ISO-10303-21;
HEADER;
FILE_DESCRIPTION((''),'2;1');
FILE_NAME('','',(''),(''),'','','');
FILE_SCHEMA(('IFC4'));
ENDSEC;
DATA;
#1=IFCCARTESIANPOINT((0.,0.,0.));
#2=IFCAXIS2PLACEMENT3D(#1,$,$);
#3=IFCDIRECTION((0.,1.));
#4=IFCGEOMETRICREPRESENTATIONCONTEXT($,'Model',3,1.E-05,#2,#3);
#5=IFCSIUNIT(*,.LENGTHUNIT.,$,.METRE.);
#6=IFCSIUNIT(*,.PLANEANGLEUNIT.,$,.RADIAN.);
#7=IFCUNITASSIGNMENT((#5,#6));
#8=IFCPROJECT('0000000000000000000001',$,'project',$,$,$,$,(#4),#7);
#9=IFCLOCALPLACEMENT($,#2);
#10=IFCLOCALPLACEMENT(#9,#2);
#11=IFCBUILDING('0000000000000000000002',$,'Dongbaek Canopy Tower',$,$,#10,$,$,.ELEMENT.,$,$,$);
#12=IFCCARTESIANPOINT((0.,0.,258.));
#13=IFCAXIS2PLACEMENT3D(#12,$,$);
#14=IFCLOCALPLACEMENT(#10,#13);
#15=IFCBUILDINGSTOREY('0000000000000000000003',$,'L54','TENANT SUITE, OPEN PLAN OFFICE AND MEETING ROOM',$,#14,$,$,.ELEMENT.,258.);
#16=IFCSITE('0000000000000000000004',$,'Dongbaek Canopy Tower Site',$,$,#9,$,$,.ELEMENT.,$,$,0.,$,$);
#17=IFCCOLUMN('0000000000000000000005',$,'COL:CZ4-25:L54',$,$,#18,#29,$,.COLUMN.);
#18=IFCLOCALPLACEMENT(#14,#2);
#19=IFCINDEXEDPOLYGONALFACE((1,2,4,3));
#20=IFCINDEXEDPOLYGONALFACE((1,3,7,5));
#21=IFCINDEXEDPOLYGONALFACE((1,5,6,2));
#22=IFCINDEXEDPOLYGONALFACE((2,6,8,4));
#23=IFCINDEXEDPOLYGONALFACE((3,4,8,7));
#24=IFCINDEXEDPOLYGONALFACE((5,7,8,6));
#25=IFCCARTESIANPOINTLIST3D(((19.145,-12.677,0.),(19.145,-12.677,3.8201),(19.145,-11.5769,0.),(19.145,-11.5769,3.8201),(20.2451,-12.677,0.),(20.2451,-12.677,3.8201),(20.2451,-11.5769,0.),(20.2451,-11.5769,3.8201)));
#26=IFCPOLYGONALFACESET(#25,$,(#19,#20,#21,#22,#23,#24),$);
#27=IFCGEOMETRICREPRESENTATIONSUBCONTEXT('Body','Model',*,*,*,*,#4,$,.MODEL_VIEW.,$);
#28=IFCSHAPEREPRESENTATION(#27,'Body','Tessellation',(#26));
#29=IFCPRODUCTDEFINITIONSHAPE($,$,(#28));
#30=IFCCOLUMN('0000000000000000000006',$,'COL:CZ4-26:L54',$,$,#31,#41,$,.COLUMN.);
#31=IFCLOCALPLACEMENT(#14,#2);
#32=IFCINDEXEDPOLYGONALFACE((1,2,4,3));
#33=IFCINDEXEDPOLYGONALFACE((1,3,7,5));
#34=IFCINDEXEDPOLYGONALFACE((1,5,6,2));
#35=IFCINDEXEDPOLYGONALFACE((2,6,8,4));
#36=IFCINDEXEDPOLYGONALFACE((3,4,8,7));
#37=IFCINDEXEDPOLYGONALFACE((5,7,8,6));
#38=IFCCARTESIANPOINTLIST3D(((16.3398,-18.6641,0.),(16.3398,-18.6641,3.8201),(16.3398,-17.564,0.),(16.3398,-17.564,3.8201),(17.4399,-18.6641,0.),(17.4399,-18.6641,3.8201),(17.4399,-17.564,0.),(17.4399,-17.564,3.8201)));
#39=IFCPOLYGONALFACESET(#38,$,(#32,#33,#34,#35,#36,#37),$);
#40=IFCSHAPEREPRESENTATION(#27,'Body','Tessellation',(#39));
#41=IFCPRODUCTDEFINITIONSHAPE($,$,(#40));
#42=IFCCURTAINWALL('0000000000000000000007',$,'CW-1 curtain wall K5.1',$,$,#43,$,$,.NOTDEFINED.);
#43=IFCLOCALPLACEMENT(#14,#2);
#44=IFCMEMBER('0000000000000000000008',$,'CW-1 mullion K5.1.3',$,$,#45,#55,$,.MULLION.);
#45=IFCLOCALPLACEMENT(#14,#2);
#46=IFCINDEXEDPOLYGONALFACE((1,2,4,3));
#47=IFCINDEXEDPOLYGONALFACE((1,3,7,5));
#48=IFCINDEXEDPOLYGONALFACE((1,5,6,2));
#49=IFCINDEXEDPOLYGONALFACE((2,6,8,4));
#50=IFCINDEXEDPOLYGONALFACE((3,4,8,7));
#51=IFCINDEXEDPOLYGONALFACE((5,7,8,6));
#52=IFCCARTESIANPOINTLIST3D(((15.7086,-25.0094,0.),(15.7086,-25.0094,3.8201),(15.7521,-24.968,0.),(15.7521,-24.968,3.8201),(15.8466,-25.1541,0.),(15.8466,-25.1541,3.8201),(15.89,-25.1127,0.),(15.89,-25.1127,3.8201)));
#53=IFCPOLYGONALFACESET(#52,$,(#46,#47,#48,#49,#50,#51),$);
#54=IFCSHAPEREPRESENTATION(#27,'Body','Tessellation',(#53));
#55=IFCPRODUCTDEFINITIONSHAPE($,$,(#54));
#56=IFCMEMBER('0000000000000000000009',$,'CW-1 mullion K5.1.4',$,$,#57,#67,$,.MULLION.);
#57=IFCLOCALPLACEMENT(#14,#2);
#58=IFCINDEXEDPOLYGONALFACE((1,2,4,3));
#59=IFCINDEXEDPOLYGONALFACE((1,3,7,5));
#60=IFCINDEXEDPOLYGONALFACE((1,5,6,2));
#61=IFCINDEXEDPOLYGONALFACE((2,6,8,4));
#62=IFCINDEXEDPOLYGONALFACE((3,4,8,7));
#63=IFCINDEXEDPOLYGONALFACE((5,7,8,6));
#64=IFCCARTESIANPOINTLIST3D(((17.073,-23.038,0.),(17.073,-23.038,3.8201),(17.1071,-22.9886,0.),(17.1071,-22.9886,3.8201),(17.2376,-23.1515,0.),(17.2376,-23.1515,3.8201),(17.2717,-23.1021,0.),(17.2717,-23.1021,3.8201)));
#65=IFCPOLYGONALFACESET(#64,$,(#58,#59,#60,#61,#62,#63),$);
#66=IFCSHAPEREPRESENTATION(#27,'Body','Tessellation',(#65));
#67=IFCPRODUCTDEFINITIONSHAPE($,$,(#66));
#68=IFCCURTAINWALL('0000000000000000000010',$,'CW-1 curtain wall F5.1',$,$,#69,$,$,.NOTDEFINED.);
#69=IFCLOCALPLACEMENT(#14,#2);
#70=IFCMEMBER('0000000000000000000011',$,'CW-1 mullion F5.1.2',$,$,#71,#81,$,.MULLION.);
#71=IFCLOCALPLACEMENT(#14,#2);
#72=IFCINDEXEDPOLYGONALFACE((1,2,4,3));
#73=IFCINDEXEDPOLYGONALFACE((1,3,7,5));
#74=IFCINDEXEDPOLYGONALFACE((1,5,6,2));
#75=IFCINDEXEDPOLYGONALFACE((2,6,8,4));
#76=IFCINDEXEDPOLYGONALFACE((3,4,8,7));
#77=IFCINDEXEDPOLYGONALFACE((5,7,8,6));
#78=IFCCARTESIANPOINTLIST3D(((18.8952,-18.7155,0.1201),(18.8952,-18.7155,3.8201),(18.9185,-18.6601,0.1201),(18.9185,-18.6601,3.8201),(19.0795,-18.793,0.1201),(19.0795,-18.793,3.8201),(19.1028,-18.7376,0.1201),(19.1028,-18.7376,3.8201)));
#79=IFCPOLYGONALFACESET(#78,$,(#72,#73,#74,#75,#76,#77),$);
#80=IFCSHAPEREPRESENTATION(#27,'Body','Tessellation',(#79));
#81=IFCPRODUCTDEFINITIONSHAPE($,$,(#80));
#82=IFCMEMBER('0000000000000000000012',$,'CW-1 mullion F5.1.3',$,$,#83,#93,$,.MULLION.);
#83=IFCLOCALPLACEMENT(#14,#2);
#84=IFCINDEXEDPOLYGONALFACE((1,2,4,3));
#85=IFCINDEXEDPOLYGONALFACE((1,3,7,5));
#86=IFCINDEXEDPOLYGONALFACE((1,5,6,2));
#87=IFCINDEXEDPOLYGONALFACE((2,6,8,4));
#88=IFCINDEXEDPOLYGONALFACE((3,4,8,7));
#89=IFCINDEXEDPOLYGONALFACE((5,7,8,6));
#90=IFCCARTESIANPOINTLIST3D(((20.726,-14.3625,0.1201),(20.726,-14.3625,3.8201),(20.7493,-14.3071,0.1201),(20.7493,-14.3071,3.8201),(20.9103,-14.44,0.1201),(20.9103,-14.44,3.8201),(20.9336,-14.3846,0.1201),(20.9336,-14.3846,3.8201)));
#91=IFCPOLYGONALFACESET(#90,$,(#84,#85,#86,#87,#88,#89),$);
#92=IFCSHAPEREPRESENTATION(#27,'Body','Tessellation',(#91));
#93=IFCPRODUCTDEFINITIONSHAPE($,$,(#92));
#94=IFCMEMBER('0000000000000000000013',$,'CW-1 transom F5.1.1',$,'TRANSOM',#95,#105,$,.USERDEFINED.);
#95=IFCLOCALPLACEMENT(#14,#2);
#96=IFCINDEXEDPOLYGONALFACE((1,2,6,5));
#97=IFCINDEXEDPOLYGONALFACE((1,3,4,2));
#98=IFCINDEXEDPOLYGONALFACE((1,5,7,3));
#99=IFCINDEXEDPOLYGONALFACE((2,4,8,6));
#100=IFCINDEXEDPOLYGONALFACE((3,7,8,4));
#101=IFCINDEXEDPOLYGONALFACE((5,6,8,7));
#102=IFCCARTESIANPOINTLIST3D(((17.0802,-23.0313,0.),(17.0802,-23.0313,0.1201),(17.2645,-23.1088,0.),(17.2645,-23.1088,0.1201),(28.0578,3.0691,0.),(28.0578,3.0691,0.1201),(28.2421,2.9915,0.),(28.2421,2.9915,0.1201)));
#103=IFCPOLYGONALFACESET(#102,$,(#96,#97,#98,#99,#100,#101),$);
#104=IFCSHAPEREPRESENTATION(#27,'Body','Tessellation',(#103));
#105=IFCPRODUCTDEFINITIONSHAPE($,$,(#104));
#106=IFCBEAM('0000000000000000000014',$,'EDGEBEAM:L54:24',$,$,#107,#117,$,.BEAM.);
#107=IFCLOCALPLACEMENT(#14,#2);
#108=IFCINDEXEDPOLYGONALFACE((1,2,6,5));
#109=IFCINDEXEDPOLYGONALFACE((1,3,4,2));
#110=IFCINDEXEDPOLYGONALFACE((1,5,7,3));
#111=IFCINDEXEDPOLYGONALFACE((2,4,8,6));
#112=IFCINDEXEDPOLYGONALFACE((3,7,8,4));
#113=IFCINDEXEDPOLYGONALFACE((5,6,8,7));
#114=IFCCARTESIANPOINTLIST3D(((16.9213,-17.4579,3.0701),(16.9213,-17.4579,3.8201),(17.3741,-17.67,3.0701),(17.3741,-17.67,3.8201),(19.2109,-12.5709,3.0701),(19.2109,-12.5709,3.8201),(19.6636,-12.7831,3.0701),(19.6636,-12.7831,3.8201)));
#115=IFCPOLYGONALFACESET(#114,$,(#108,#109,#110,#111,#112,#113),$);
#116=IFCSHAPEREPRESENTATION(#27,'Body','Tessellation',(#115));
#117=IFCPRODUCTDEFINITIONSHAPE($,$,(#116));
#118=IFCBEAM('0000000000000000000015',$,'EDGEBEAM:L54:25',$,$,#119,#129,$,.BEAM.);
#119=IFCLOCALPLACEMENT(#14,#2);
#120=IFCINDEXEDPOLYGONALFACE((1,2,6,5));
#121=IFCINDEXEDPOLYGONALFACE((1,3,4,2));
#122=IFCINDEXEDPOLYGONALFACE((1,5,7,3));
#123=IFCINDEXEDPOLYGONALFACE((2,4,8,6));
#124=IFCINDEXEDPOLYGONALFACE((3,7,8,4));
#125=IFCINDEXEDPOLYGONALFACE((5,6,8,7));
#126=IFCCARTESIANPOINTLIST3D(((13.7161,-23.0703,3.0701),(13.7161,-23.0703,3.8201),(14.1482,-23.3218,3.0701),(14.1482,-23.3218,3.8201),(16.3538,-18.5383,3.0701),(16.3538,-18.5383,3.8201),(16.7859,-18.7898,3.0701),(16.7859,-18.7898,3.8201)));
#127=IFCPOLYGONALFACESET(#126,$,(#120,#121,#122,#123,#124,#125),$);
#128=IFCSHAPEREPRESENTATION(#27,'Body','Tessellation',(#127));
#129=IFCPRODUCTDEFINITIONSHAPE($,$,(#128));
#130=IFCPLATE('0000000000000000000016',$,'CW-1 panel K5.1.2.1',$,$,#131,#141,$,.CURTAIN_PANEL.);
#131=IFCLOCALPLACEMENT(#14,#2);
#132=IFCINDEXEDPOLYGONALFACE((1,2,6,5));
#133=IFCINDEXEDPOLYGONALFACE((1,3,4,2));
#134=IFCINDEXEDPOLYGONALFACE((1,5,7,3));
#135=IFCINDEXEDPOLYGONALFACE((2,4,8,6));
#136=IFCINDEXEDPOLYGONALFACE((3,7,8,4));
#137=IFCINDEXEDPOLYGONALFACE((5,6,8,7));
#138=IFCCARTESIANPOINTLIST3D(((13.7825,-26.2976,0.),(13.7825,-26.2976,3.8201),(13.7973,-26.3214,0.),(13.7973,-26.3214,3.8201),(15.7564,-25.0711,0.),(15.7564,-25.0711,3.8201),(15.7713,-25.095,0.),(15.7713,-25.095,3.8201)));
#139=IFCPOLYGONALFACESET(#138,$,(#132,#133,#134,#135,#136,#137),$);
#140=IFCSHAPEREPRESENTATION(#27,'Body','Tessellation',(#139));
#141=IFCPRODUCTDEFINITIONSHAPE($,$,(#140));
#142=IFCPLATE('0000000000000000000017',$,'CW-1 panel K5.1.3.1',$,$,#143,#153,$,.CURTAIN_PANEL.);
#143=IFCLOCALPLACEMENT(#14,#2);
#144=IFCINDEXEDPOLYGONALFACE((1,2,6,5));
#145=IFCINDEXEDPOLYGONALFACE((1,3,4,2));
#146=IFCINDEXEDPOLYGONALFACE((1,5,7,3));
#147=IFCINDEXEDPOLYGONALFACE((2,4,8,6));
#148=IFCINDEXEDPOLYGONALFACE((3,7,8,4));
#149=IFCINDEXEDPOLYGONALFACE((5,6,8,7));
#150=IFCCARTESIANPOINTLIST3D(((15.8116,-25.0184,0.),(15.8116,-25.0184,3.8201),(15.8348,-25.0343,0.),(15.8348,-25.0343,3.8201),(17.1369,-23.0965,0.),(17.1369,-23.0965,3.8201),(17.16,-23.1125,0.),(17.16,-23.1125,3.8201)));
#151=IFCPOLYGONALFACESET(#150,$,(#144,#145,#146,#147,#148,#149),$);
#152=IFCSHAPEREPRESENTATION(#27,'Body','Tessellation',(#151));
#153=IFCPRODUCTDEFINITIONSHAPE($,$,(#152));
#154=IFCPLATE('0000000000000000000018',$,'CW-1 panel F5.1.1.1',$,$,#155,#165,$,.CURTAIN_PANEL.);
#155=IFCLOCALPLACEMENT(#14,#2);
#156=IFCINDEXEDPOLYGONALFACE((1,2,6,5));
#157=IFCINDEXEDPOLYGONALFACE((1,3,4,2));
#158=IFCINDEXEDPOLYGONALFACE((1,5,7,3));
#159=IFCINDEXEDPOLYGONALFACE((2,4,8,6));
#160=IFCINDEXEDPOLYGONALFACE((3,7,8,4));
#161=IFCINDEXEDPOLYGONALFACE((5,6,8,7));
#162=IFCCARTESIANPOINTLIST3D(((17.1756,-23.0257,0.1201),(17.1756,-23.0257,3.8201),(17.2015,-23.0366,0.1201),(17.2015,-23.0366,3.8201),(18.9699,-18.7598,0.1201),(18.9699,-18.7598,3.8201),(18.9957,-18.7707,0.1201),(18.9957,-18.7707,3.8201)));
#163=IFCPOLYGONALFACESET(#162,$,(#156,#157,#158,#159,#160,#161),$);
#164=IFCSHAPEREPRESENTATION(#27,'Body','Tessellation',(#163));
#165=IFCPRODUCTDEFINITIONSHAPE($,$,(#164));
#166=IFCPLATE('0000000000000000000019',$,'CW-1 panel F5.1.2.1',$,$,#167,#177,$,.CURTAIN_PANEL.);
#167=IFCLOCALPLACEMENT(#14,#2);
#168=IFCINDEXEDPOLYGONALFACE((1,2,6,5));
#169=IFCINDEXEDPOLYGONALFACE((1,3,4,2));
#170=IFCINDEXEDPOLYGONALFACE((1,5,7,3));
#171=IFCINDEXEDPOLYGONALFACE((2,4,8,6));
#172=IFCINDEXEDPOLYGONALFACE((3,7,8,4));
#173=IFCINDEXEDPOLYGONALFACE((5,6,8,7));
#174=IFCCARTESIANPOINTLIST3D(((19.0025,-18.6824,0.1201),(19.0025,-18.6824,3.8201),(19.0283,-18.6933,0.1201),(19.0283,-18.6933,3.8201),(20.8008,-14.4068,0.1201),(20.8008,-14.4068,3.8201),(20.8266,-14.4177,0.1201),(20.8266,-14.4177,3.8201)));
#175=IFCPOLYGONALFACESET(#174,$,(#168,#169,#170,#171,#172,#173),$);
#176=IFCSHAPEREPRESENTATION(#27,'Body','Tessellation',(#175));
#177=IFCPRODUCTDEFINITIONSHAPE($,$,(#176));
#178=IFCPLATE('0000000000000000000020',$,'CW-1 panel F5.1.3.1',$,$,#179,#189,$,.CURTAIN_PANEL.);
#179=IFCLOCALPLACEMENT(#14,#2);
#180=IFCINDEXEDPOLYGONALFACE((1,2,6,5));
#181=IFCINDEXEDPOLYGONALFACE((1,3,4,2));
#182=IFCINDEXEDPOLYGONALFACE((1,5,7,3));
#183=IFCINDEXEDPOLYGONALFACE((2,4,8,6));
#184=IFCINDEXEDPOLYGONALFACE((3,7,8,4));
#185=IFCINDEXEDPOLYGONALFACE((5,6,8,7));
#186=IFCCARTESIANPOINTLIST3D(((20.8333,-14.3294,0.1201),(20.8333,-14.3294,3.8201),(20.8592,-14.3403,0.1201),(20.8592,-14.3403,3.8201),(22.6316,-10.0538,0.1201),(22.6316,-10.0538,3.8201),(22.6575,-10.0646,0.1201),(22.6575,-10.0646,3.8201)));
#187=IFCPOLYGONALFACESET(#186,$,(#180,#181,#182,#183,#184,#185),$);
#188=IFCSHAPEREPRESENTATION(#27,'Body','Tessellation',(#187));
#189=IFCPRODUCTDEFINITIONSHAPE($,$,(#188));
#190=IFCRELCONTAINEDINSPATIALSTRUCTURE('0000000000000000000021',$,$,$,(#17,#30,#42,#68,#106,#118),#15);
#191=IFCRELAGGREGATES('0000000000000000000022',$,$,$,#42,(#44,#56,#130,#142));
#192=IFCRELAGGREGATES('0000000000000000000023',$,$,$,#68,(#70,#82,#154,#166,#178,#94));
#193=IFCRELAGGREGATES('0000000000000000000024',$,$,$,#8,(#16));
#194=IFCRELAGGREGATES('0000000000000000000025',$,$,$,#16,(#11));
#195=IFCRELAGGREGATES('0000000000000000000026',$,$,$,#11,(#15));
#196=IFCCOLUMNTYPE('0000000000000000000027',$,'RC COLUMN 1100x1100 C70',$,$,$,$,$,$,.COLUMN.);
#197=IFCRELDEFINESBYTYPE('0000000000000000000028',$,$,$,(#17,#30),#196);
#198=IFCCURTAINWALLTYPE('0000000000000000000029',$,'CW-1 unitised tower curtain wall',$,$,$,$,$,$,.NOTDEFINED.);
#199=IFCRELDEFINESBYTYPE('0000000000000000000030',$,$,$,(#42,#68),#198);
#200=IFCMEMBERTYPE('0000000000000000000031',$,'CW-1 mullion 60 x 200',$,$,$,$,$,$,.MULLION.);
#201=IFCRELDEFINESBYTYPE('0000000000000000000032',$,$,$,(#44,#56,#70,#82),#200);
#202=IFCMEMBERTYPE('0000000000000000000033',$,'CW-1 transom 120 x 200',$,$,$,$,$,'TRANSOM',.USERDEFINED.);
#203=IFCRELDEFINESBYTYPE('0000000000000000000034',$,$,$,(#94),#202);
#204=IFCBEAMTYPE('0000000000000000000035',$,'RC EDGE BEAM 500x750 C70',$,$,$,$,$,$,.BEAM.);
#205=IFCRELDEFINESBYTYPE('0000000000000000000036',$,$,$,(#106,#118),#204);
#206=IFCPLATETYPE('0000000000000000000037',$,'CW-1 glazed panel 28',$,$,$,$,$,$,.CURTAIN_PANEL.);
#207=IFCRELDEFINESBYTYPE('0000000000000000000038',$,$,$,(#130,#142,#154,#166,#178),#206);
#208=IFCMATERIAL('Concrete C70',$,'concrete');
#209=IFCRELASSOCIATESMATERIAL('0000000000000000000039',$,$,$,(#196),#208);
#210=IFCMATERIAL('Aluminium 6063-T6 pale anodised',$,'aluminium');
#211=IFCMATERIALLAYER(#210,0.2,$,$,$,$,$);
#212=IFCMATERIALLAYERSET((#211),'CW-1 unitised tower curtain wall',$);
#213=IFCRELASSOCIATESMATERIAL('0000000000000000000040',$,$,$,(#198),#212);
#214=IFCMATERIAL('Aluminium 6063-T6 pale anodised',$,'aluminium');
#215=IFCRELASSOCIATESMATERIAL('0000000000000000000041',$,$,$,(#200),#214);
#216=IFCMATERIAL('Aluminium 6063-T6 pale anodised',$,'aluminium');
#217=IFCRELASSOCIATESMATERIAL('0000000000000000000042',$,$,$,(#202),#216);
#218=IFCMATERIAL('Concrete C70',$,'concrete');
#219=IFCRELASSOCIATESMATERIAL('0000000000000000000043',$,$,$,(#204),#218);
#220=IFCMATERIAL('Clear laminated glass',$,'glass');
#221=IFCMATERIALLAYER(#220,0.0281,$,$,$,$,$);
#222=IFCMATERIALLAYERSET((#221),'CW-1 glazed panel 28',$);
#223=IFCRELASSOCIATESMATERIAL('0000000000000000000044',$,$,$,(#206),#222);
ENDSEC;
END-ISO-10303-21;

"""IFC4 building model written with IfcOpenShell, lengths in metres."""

from ifc_helpers import new_model, si_unit, direction, frame, origin, origin_2d, place, context, subcontext, project, spatial, rectangle, extrude, material, layer, layer_set, material_profile, profile_set, type_object, element, aggregate, save


model = new_model("IFC4")

# Units and contexts
model_context = context("Model", 3, precision=1e-05, world=origin(), true_north=direction((0.0, 1.0)))
body_context = subcontext(model_context, "Body", "Model", "MODEL_VIEW")
ifc_project = project(units=[si_unit("LENGTHUNIT", "METRE"), si_unit("PLANEANGLEUNIT", "RADIAN")], contexts=[model_context])

# Site, building, storey
site_placement = place(None, origin())
site = spatial("IfcSite", under=ifc_project, at=site_placement, Name="Dongbaek Canopy Tower Site", CompositionType="ELEMENT", RefElevation=0.0)
building_placement = place(site_placement, origin())
building = spatial("IfcBuilding", under=site, at=building_placement, Name="Dongbaek Canopy Tower", CompositionType="ELEMENT")
storey_placement = place(building_placement, frame((0.0, 0.0, 258.0)))
storey = spatial("IfcBuildingStorey", under=building, at=storey_placement, Name="L54", Description="TENANT SUITE, OPEN PLAN OFFICE AND MEETING ROOM", CompositionType="ELEMENT", Elevation=258.0)

# Columns
ifc_material_1 = material(Name="Concrete C70", Category="concrete")
ifc_material_profile_1 = material_profile(ifc_material_1, rectangle(XDim=1.1001, YDim=1.1001, at=origin_2d()), Name="RC COLUMN 1100x1100 C70")
ifc_profile_set_1 = profile_set([ifc_material_profile_1], Name="Concrete C70")
column_type = type_object("IfcColumnType", Name="RC COLUMN 1100x1100 C70", PredefinedType="COLUMN", material=ifc_profile_set_1)
for number, where, z_axis, x_axis, name in (
    (1, (19.6951, -12.127, 0.0), (0.0, 0.0, 1.0), (1.0, 0.0, 0.0), "COL:CZ4-25:L54"),
    (2, (16.8899, -18.114, 0.0), (0.0, 0.0, 1.0), (1.0, 0.0, 0.0), "COL:CZ4-26:L54"),
):
    element("IfcColumn", number, at=place(storey_placement, frame(where, z_axis=z_axis, x_axis=x_axis)), inside=storey, type_object=column_type, Name=name, PredefinedType="COLUMN", context=body_context, shape_type="SweptSolid", body=[
        extrude(rectangle(XDim=1.1001, YDim=1.1001, at=origin_2d()), origin(), (0.0, 0.0, 1.0), 3.8201),
    ])

# Curtain walls, members
ifc_material_2 = material(Name="Aluminium 6063-T6 pale anodised", Category="aluminium")
ifc_layer_1 = layer(ifc_material_2, 0.2)
ifc_layer_set_1 = layer_set([ifc_layer_1], Name="CW-1 unitised tower curtain wall")
curtain_wall_type = type_object("IfcCurtainWallType", Name="CW-1 unitised tower curtain wall", PredefinedType="NOTDEFINED", material=ifc_layer_set_1)
curtain_wall_1_placement = place(storey_placement, origin())
curtain_wall_1 = element("IfcCurtainWall", 3, at=curtain_wall_1_placement, inside=storey, type_object=curtain_wall_type, Name="CW-1 curtain wall K5.1", PredefinedType="NOTDEFINED")
ifc_material_3 = material(Name="Aluminium 6063-T6 pale anodised", Category="aluminium")
ifc_material_profile_2 = material_profile(ifc_material_3, rectangle(XDim=0.2, YDim=0.0601, at=origin_2d()), Name="CW-1 mullion 60 x 200")
ifc_profile_set_2 = profile_set([ifc_material_profile_2], Name="Aluminium 6063-T6 pale anodised")
member_type_1 = type_object("IfcMemberType", Name="CW-1 mullion 60 x 200", PredefinedType="MULLION", material=ifc_profile_set_2)
member_1_placement = place(storey_placement, frame((15.7993, -25.061, 0.0), z_axis=(0.0, 0.0, 1.0), x_axis=(0.69002, -0.723791, 0.0)))
member_1 = element("IfcMember", 4, at=member_1_placement, type_object=member_type_1, Name="CW-1 mullion K5.1.3", PredefinedType="MULLION", context=body_context, shape_type="SweptSolid", body=[
    extrude(rectangle(XDim=0.2, YDim=0.0601, at=origin_2d()), origin(), (0.0, 0.0, 1.0), 3.8201),
])
member_2_placement = place(storey_placement, frame((17.1724, -23.0701, 0.0), z_axis=(0.0, 0.0, 1.0), x_axis=(0.823238, -0.567697, 0.0)))
member_2 = element("IfcMember", 5, at=member_2_placement, type_object=member_type_1, Name="CW-1 mullion K5.1.4", PredefinedType="MULLION", context=body_context, shape_type="SweptSolid", body=[
    extrude(rectangle(XDim=0.2, YDim=0.0601, at=origin_2d()), origin(), (0.0, 0.0, 1.0), 3.8201),
])
curtain_wall_2_placement = place(storey_placement, origin())
curtain_wall_2 = element("IfcCurtainWall", 6, at=curtain_wall_2_placement, inside=storey, type_object=curtain_wall_type, Name="CW-1 curtain wall F5.1", PredefinedType="NOTDEFINED")
member_3_placement = place(storey_placement, frame((18.999, -18.7266, 0.1201), z_axis=(0.0, 0.0, 1.0), x_axis=(0.921787, -0.387696, 0.0)))
member_3 = element("IfcMember", 7, at=member_3_placement, type_object=member_type_1, Name="CW-1 mullion F5.1.2", PredefinedType="MULLION", context=body_context, shape_type="SweptSolid", body=[
    extrude(rectangle(XDim=0.2, YDim=0.0601, at=origin_2d()), origin(), (0.0, 0.0, 1.0), 3.7),
])
member_4_placement = place(storey_placement, frame((20.8298, -14.3735, 0.1201), z_axis=(0.0, 0.0, 1.0), x_axis=(0.921787, -0.387696, 0.0)))
member_4 = element("IfcMember", 8, at=member_4_placement, type_object=member_type_1, Name="CW-1 mullion F5.1.3", PredefinedType="MULLION", context=body_context, shape_type="SweptSolid", body=[
    extrude(rectangle(XDim=0.2, YDim=0.0601, at=origin_2d()), origin(), (0.0, 0.0, 1.0), 3.7),
])
ifc_material_4 = material(Name="Aluminium 6063-T6 pale anodised", Category="aluminium")
ifc_material_profile_3 = material_profile(ifc_material_4, rectangle(XDim=0.2, YDim=0.1201, at=origin_2d()), Name="CW-1 transom 120 x 200")
ifc_profile_set_3 = profile_set([ifc_material_profile_3], Name="Aluminium 6063-T6 pale anodised")
member_type_2 = type_object("IfcMemberType", Name="CW-1 transom 120 x 200", ElementType="TRANSOM", PredefinedType="USERDEFINED", material=ifc_profile_set_3)
member_5_placement = place(storey_placement, frame((17.1724, -23.0701, 0.0601), z_axis=(0.387695, 0.921788, 0.0), x_axis=(-0.921788, 0.387695, 0.0)))
member_5 = element("IfcMember", 9, at=member_5_placement, type_object=member_type_2, Name="CW-1 transom F5.1.1", ObjectType="TRANSOM", PredefinedType="USERDEFINED", context=body_context, shape_type="SweptSolid", body=[
    extrude(rectangle(XDim=0.2, YDim=0.1201, at=origin_2d()), origin(), (0.0, 0.0, 1.0), 28.3149),
])

# Beams
ifc_material_5 = material(Name="Concrete C70", Category="concrete")
ifc_material_profile_4 = material_profile(ifc_material_5, rectangle(XDim=0.5, YDim=0.75, at=origin_2d()), Name="RC EDGE BEAM 500x750 C70")
ifc_profile_set_4 = profile_set([ifc_material_profile_4], Name="Concrete C70")
beam_type = type_object("IfcBeamType", Name="RC EDGE BEAM 500x750 C70", PredefinedType="BEAM", material=ifc_profile_set_4)
beam_1_placement = place(storey_placement, frame((19.4373, -12.677, 3.4451), z_axis=(-0.42425, -0.905545, 0.0), x_axis=(0.905545, -0.42425, 0.0)))
element("IfcBeam", 10, at=beam_1_placement, inside=storey, type_object=beam_type, Name="EDGEBEAM:L54:24", PredefinedType="BEAM", context=body_context, shape_type="SweptSolid", body=[
    extrude(rectangle(XDim=0.5, YDim=0.75, at=origin_2d()), origin(), (0.0, 0.0, 1.0), 5.3967),
])
beam_2_placement = place(storey_placement, frame((16.5698, -18.6641, 3.4451), z_axis=(-0.503023, -0.864273, 0.0), x_axis=(0.864273, -0.503023, 0.0)))
element("IfcBeam", 11, at=beam_2_placement, inside=storey, type_object=beam_type, Name="EDGEBEAM:L54:25", PredefinedType="BEAM", context=body_context, shape_type="SweptSolid", body=[
    extrude(rectangle(XDim=0.5, YDim=0.75, at=origin_2d()), origin(), (0.0, 0.0, 1.0), 5.2437),
])

# Plates
ifc_material_6 = material(Name="Clear laminated glass", Category="glass")
ifc_layer_2 = layer(ifc_material_6, 0.0281)
ifc_layer_set_2 = layer_set([ifc_layer_2], Name="CW-1 glazed panel 28")
plate_type = type_object("IfcPlateType", Name="CW-1 glazed panel 28", PredefinedType="CURTAIN_PANEL", material=ifc_layer_set_2)
plate_1_placement = place(storey_placement, frame((14.7769, -25.6963, 0.0), z_axis=(0.0, 0.0, 1.0), x_axis=(0.849404, 0.527743, 0.0)))
plate_1 = element("IfcPlate", 12, at=plate_1_placement, type_object=plate_type, Name="CW-1 panel K5.1.2.1", PredefinedType="CURTAIN_PANEL", context=body_context, shape_type="SweptSolid", body=[
    extrude(rectangle(XDim=2.324, YDim=0.0281, at=origin_2d()), origin(), (0.0, 0.0, 1.0), 3.8201),
])
plate_2_placement = place(storey_placement, frame((16.4858, -24.0654, 0.0), z_axis=(0.0, 0.0, 1.0), x_axis=(0.567697, 0.823238, 0.0)))
plate_2 = element("IfcPlate", 13, at=plate_2_placement, type_object=plate_type, Name="CW-1 panel K5.1.3.1", PredefinedType="CURTAIN_PANEL", context=body_context, shape_type="SweptSolid", body=[
    extrude(rectangle(XDim=2.3345, YDim=0.0281, at=origin_2d()), origin(), (0.0, 0.0, 1.0), 3.8201),
])
aggregate(curtain_wall_1, [member_1, member_2, plate_1, plate_2])
plate_3_placement = place(storey_placement, frame((18.0857, -20.8982, 0.1201), z_axis=(0.0, 0.0, 1.0), x_axis=(0.387696, 0.921787, 0.0)))
plate_3 = element("IfcPlate", 14, at=plate_3_placement, type_object=plate_type, Name="CW-1 panel F5.1.1.1", PredefinedType="CURTAIN_PANEL", context=body_context, shape_type="SweptSolid", body=[
    extrude(rectangle(XDim=4.6279, YDim=0.0281, at=origin_2d()), origin(), (0.0, 0.0, 1.0), 3.7),
])
plate_4_placement = place(storey_placement, frame((19.9146, -16.55, 0.1201), z_axis=(0.0, 0.0, 1.0), x_axis=(0.387696, 0.921787, 0.0)))
plate_4 = element("IfcPlate", 15, at=plate_4_placement, type_object=plate_type, Name="CW-1 panel F5.1.2.1", PredefinedType="CURTAIN_PANEL", context=body_context, shape_type="SweptSolid", body=[
    extrude(rectangle(XDim=4.6384, YDim=0.0281, at=origin_2d()), origin(), (0.0, 0.0, 1.0), 3.7),
])
plate_5_placement = place(storey_placement, frame((21.7454, -12.197, 0.1201), z_axis=(0.0, 0.0, 1.0), x_axis=(0.387696, 0.921787, 0.0)))
plate_5 = element("IfcPlate", 16, at=plate_5_placement, type_object=plate_type, Name="CW-1 panel F5.1.3.1", PredefinedType="CURTAIN_PANEL", context=body_context, shape_type="SweptSolid", body=[
    extrude(rectangle(XDim=4.6384, YDim=0.0281, at=origin_2d()), origin(), (0.0, 0.0, 1.0), 3.7),
])

aggregate(curtain_wall_2, [member_3, member_4, plate_3, plate_4, plate_5, member_5])

save(model, "model.ifc")
